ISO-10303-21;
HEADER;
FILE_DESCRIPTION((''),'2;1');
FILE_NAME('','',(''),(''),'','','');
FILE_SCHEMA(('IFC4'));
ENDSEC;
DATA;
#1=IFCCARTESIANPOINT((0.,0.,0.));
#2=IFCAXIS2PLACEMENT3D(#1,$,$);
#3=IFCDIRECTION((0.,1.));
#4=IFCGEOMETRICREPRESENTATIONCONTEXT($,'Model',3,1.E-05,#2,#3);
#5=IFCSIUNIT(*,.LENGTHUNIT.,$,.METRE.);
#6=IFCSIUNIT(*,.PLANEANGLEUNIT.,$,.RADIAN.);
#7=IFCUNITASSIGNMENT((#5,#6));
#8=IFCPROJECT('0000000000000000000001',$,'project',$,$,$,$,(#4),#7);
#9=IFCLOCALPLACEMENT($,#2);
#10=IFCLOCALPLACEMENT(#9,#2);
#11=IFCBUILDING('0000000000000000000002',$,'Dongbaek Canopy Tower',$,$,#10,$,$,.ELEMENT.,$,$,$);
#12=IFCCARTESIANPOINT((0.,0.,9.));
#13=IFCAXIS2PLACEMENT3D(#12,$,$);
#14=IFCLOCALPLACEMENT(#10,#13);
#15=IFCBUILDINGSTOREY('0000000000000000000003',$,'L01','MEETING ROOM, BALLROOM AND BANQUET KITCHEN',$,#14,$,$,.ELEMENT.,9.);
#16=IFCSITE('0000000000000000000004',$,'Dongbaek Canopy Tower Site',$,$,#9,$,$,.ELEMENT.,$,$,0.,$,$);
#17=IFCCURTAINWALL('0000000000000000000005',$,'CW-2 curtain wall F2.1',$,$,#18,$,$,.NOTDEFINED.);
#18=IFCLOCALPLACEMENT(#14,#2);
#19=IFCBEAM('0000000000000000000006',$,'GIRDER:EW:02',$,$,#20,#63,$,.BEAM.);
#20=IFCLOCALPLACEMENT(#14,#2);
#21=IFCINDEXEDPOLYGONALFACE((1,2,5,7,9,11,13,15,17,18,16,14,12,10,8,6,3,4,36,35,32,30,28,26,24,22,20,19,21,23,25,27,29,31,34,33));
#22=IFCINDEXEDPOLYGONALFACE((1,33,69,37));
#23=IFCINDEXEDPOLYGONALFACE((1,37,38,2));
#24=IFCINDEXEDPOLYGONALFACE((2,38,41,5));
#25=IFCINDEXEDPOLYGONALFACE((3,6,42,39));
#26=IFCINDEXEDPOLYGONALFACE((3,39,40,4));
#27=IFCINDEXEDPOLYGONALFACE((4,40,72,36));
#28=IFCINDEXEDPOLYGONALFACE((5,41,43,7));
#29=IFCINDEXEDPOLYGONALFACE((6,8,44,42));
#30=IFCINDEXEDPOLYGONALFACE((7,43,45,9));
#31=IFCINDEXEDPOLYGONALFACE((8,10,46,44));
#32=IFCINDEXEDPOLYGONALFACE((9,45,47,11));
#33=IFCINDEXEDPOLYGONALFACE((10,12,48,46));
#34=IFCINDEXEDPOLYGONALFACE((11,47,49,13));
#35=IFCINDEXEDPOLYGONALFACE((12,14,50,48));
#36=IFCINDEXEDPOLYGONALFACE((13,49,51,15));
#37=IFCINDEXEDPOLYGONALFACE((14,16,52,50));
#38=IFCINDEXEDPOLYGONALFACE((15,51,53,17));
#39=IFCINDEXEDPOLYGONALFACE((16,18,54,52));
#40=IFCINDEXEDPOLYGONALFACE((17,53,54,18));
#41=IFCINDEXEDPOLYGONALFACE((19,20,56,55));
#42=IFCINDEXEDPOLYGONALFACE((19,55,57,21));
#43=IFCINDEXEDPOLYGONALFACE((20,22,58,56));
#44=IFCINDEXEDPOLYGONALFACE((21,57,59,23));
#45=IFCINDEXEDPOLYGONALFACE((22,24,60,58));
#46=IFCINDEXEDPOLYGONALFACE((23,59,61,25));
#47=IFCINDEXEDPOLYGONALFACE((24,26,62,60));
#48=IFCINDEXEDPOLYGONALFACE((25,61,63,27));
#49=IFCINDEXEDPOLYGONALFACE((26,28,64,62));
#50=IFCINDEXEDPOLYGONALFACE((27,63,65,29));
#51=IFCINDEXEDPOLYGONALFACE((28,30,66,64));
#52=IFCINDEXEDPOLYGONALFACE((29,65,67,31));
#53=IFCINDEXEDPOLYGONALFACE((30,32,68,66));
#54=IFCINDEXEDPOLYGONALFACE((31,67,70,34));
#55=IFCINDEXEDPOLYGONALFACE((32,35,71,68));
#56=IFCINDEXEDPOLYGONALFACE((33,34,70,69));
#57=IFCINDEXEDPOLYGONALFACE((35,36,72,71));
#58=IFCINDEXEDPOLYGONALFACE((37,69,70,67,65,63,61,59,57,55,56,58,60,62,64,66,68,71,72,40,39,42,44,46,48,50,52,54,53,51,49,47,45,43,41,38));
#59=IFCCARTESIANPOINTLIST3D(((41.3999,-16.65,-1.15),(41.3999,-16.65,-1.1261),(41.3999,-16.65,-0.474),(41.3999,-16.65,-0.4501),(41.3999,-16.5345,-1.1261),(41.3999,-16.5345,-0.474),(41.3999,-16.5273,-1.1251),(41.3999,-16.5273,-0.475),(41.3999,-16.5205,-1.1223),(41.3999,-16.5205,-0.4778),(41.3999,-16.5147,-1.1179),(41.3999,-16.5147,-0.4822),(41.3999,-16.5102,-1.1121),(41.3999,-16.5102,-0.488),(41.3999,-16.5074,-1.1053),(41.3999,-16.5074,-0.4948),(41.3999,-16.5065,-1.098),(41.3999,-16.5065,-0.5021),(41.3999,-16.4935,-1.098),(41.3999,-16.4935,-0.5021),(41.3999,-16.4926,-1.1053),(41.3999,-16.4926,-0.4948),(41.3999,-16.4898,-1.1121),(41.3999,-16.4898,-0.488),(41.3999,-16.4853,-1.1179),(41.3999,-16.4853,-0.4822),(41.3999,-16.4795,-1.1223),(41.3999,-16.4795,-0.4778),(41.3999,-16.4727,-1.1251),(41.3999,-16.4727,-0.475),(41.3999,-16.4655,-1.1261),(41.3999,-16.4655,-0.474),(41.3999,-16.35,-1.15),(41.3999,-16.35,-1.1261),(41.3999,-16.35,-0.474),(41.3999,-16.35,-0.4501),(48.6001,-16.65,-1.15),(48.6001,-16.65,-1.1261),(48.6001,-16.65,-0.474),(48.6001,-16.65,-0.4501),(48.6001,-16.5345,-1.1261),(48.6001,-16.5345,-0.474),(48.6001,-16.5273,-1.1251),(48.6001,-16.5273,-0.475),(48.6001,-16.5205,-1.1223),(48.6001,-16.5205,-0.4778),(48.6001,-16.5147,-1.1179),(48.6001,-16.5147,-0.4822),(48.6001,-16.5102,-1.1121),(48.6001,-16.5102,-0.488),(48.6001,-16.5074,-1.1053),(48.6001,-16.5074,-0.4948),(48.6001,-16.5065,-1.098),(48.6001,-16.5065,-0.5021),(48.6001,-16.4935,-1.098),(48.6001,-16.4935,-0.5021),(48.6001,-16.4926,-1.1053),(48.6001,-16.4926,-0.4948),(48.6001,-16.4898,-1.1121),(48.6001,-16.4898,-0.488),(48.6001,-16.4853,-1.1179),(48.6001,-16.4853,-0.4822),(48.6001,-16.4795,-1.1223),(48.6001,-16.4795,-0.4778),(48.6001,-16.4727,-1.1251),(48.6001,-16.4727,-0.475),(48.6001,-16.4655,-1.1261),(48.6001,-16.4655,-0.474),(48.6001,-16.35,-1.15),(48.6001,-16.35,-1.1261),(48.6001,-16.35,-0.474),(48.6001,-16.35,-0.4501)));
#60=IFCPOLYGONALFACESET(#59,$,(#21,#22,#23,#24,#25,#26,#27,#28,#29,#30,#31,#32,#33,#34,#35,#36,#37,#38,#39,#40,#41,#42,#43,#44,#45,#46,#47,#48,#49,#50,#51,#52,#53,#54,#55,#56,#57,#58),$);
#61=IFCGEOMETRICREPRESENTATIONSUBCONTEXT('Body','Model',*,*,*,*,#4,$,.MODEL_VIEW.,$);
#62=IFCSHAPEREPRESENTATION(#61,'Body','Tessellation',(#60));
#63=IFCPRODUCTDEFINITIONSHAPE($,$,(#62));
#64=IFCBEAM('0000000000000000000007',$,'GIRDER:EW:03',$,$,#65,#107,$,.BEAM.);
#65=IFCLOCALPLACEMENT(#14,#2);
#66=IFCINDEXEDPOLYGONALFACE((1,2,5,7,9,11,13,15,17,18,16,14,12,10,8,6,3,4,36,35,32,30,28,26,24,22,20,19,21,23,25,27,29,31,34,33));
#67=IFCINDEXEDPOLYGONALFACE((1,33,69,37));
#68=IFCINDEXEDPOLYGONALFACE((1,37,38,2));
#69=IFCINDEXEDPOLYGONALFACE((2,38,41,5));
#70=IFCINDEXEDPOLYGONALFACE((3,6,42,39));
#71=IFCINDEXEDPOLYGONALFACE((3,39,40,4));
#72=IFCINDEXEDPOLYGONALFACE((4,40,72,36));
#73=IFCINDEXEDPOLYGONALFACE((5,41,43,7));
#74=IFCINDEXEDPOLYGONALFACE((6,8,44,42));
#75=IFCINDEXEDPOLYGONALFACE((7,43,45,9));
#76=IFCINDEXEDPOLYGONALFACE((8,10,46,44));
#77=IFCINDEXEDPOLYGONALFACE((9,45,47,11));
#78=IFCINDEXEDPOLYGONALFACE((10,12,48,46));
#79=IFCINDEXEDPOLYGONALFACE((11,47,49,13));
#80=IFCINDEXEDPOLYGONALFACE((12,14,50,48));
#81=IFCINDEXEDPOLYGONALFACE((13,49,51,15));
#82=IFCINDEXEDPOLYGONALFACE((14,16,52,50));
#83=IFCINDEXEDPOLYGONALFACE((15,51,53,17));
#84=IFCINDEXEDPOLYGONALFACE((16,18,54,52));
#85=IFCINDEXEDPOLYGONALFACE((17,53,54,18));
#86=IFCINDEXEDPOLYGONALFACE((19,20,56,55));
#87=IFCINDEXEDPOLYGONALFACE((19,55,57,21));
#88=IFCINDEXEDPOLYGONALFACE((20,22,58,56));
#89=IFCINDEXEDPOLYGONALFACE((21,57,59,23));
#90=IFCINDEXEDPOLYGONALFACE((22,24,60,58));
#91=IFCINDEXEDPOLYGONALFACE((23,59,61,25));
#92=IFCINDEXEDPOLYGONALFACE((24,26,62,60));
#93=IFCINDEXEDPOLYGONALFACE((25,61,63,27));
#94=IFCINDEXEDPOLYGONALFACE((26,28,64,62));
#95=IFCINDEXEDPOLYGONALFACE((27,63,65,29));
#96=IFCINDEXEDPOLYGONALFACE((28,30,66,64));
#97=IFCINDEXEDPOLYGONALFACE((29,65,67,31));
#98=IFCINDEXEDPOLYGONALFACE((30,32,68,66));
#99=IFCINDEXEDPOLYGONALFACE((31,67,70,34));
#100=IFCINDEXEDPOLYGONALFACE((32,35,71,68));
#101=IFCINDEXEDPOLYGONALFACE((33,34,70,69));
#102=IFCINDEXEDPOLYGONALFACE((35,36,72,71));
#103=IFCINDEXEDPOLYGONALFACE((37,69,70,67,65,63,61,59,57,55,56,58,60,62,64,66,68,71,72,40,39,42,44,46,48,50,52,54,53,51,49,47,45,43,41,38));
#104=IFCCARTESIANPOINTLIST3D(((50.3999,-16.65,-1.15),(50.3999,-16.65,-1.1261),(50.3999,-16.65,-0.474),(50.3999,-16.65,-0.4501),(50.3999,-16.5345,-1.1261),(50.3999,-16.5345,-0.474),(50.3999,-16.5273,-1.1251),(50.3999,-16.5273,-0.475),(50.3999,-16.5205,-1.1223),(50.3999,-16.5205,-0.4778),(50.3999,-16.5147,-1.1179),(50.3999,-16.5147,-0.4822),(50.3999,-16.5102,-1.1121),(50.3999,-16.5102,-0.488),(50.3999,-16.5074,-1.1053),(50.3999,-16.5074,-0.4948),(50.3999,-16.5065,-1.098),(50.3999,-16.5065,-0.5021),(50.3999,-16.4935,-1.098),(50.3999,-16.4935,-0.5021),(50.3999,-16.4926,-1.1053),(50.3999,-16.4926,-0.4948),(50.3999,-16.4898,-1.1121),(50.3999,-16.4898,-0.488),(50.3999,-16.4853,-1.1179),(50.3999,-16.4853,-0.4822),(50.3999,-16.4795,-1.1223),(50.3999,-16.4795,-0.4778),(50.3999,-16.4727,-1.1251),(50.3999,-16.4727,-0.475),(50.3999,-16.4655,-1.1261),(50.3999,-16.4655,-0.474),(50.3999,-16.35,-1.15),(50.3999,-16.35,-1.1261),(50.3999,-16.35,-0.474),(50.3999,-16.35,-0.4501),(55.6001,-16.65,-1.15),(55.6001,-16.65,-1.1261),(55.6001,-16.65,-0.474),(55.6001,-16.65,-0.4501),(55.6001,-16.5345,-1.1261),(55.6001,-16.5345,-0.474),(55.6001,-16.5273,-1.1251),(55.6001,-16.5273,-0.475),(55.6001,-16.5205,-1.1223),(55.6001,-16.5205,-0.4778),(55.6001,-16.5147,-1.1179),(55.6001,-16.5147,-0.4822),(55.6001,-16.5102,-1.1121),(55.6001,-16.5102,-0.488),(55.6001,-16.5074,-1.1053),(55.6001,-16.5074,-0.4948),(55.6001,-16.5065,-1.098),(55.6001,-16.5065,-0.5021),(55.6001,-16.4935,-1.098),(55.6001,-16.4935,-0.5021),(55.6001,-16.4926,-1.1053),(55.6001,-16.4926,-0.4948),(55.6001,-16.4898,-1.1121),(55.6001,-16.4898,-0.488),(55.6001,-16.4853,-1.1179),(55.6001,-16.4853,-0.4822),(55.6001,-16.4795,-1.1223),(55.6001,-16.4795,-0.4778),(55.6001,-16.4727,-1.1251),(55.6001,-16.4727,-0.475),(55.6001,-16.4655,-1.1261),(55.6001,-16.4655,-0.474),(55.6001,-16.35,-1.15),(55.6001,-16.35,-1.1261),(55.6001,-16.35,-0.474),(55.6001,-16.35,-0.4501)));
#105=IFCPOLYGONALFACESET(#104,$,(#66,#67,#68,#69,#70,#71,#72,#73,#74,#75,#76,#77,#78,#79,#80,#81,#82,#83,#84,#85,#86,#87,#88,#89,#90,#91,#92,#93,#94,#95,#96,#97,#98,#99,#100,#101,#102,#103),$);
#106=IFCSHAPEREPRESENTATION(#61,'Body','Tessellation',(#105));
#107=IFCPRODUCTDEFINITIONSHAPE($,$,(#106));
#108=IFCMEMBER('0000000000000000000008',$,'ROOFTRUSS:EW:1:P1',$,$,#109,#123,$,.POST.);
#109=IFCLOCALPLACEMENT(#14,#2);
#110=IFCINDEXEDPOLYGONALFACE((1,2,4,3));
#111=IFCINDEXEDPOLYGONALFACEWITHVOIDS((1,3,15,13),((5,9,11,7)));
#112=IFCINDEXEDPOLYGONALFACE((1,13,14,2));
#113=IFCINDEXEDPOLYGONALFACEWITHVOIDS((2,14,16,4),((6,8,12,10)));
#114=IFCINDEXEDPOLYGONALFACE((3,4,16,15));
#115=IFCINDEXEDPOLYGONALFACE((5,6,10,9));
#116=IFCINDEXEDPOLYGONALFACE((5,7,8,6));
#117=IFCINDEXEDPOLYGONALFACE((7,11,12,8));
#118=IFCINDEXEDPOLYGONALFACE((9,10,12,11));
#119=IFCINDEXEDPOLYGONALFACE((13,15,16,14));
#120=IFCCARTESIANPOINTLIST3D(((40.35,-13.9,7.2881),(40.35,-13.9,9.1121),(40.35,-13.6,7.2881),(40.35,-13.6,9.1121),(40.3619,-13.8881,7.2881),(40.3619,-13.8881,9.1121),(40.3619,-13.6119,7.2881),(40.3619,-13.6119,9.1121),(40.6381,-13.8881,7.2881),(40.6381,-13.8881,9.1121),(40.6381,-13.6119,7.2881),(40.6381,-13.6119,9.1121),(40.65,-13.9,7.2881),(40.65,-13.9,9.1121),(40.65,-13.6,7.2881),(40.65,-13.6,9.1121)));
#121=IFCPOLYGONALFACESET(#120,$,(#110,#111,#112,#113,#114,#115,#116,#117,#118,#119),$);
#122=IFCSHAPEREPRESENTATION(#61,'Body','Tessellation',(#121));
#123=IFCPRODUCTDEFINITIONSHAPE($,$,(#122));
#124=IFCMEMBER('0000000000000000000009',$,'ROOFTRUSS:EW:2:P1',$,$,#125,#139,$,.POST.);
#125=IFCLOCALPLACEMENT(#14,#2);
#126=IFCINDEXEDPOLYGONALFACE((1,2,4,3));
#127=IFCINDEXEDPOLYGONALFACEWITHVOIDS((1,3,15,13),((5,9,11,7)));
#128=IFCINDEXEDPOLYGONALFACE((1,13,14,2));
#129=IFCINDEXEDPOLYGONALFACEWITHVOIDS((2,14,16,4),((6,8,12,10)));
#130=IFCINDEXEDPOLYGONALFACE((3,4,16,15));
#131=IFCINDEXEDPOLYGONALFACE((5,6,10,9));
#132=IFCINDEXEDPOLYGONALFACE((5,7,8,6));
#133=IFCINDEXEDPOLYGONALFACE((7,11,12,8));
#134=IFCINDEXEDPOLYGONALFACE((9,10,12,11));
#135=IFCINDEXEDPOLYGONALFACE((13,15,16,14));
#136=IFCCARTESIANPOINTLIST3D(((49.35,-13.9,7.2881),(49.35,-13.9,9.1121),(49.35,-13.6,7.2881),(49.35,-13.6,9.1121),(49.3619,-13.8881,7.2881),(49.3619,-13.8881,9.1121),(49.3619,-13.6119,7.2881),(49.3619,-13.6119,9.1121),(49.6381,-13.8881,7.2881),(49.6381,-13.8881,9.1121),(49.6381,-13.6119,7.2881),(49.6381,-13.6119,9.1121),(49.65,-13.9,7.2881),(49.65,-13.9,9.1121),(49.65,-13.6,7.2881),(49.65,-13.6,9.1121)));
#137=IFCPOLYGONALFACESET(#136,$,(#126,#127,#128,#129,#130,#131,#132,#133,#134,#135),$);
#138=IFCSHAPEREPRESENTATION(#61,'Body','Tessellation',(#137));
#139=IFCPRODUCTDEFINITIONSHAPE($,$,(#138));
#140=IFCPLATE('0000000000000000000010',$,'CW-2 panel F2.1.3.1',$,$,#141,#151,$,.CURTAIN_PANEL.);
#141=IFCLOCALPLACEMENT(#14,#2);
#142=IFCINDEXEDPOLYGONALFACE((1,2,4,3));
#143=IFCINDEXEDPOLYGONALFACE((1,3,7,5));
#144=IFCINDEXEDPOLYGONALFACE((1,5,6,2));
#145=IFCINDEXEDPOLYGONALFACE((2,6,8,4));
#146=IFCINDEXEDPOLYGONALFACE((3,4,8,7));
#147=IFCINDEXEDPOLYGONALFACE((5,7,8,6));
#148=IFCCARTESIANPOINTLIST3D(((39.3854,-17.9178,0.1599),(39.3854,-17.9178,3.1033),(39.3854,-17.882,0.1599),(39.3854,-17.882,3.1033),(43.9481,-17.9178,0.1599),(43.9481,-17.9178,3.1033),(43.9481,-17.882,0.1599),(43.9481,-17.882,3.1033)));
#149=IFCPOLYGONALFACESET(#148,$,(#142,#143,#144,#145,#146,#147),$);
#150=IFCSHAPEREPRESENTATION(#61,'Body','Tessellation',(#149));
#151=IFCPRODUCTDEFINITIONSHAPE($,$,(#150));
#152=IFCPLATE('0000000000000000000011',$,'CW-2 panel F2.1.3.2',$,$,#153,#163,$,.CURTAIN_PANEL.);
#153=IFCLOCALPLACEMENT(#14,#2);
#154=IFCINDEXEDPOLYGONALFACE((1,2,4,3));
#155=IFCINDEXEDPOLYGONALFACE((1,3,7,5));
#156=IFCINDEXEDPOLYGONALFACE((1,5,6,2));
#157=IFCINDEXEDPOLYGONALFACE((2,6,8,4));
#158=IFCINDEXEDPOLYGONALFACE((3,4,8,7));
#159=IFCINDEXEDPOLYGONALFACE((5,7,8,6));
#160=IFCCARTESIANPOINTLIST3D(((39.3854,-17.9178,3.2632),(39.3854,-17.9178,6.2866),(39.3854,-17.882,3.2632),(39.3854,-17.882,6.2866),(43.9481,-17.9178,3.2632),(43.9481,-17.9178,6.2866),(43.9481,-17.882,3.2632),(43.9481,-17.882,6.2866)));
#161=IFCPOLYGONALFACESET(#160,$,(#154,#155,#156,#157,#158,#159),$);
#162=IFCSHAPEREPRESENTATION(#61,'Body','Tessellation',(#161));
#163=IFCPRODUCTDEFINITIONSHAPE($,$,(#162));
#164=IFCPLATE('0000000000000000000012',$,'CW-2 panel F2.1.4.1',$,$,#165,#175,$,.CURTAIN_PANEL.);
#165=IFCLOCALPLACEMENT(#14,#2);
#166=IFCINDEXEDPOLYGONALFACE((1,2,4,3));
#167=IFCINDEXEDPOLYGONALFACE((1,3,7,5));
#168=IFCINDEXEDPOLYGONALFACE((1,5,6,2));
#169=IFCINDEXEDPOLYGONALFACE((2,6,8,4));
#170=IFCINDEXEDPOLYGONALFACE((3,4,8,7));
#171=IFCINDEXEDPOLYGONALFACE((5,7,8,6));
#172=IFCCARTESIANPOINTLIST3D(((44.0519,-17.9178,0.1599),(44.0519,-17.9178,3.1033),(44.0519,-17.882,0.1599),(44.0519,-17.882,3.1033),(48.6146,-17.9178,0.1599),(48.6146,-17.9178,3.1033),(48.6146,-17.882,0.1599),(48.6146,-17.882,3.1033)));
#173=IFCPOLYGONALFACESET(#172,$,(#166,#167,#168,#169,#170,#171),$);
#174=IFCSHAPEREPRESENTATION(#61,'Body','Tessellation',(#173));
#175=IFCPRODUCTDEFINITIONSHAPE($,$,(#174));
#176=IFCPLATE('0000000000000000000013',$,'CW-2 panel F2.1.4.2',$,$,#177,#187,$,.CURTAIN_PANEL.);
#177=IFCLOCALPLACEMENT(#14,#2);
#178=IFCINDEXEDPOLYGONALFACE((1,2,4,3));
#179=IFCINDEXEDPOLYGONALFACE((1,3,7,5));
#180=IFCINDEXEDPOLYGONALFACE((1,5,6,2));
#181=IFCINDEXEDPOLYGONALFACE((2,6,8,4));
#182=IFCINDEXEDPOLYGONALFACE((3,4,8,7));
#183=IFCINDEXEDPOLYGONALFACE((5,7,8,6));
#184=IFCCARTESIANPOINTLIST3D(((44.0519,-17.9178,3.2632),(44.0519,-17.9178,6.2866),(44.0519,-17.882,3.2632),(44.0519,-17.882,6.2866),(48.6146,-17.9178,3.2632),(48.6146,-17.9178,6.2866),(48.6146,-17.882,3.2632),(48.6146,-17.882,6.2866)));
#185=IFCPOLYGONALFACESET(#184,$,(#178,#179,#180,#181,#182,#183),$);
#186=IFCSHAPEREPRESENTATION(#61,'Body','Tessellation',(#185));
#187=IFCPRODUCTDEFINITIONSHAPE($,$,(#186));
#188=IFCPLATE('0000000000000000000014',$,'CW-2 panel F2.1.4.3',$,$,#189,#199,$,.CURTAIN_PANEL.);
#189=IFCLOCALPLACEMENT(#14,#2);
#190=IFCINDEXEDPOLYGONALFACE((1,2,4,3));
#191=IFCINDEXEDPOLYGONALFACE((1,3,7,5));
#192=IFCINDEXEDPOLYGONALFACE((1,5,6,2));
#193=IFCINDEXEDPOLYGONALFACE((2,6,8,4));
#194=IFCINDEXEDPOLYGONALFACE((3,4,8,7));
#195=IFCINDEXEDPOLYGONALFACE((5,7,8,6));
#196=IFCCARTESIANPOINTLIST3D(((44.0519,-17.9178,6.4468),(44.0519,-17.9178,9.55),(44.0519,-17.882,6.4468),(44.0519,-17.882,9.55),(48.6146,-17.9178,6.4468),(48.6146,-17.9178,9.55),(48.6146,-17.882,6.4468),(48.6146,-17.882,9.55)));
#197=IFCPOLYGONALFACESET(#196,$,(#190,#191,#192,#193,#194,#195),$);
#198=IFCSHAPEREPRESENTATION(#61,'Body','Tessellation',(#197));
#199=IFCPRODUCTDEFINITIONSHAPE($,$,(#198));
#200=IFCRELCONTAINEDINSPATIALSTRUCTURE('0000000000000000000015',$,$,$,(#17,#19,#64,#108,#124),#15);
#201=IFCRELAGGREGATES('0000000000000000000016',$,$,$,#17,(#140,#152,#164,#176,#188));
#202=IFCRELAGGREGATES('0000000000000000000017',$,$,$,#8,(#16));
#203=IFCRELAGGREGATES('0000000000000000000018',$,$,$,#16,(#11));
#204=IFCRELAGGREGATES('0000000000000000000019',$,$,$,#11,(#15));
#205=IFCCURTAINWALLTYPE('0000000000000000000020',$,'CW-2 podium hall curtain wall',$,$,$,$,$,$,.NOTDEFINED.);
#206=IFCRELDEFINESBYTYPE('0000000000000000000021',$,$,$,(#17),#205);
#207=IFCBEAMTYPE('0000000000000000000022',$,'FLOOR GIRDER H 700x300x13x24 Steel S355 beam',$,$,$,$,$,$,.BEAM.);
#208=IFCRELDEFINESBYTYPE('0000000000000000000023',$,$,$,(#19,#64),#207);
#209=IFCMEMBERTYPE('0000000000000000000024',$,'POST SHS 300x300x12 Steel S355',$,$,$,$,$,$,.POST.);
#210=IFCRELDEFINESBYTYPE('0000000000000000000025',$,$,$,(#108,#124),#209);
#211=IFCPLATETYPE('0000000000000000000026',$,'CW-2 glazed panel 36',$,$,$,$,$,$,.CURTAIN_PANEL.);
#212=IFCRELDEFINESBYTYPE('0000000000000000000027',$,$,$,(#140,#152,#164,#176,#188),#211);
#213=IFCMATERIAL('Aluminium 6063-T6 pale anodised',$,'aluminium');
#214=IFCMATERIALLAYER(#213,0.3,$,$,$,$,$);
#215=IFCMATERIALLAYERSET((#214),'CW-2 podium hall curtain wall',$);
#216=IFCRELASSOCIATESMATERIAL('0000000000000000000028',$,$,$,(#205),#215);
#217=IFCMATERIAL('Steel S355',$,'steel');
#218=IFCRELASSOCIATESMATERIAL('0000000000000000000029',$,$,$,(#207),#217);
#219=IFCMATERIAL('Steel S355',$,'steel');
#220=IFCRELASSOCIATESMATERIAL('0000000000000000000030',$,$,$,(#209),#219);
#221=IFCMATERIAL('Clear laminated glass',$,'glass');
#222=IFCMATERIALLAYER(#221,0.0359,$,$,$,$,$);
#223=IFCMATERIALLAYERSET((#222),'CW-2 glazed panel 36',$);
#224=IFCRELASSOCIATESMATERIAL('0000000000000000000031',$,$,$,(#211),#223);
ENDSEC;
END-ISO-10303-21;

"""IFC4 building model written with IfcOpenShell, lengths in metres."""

from ifc_helpers import new_model, si_unit, direction, frame, origin, origin_2d, place, context, subcontext, project, spatial, rectangle, hollow_rectangle, i_section, extrude, material, layer, layer_set, material_profile, profile_set, type_object, element, aggregate, save


model = new_model("IFC4")

# Units and contexts
model_context = context("Model", 3, precision=1e-05, world=origin(), true_north=direction((0.0, 1.0)))
body_context = subcontext(model_context, "Body", "Model", "MODEL_VIEW")
ifc_project = project(units=[si_unit("LENGTHUNIT", "METRE"), si_unit("PLANEANGLEUNIT", "RADIAN")], contexts=[model_context])

# Site, building, storey
site_placement = place(None, origin())
site = spatial("IfcSite", under=ifc_project, at=site_placement, Name="Dongbaek Canopy Tower Site", CompositionType="ELEMENT", RefElevation=0.0)
building_placement = place(site_placement, origin())
building = spatial("IfcBuilding", under=site, at=building_placement, Name="Dongbaek Canopy Tower", CompositionType="ELEMENT")
storey_placement = place(building_placement, frame((0.0, 0.0, 9.0)))
storey = spatial("IfcBuildingStorey", under=building, at=storey_placement, Name="L01", Description="MEETING ROOM, BALLROOM AND BANQUET KITCHEN", CompositionType="ELEMENT", Elevation=9.0)

# Curtain wall
ifc_material_1 = material(Name="Aluminium 6063-T6 pale anodised", Category="aluminium")
ifc_layer_1 = layer(ifc_material_1, 0.3)
ifc_layer_set_1 = layer_set([ifc_layer_1], Name="CW-2 podium hall curtain wall")
curtain_wall_type = type_object("IfcCurtainWallType", Name="CW-2 podium hall curtain wall", PredefinedType="NOTDEFINED", material=ifc_layer_set_1)
curtain_wall_placement = place(storey_placement, origin())
curtain_wall = element("IfcCurtainWall", 1, at=curtain_wall_placement, inside=storey, type_object=curtain_wall_type, Name="CW-2 curtain wall F2.1", PredefinedType="NOTDEFINED")

# Beams
ifc_material_2 = material(Name="Steel S355", Category="steel")
ifc_material_profile_1 = material_profile(ifc_material_2, i_section(OverallWidth=0.3, OverallDepth=0.7, WebThickness=0.0129, FlangeThickness=0.0239, FilletRadius=0.0281, at=origin_2d()), Name="FLOOR GIRDER H 700x300x13x24 Steel S355 beam")
ifc_profile_set_1 = profile_set([ifc_material_profile_1], Name="Steel S355")
beam_type = type_object("IfcBeamType", Name="FLOOR GIRDER H 700x300x13x24 Steel S355 beam", PredefinedType="BEAM", material=ifc_profile_set_1)
beam_1_placement = place(storey_placement, frame((41.3999, -16.5, -0.8), z_axis=(1.0, 0.0, 0.0), x_axis=(0.0, 1.0, 0.0)))
element("IfcBeam", 2, at=beam_1_placement, inside=storey, type_object=beam_type, Name="GIRDER:EW:02", PredefinedType="BEAM", context=body_context, shape_type="SweptSolid", body=[
    extrude(i_section(OverallWidth=0.3, OverallDepth=0.7, WebThickness=0.0129, FlangeThickness=0.0239, FilletRadius=0.0281, at=origin_2d()), origin(), (0.0, 0.0, 1.0), 7.2002),
])
beam_2_placement = place(storey_placement, frame((50.3999, -16.5, -0.8), z_axis=(1.0, 0.0, 0.0), x_axis=(0.0, 1.0, 0.0)))
element("IfcBeam", 3, at=beam_2_placement, inside=storey, type_object=beam_type, Name="GIRDER:EW:03", PredefinedType="BEAM", context=body_context, shape_type="SweptSolid", body=[
    extrude(i_section(OverallWidth=0.3, OverallDepth=0.7, WebThickness=0.0129, FlangeThickness=0.0239, FilletRadius=0.0281, at=origin_2d()), origin(), (0.0, 0.0, 1.0), 5.2002),
])

# Members
ifc_material_3 = material(Name="Steel S355", Category="steel")
ifc_material_profile_2 = material_profile(ifc_material_3, hollow_rectangle(XDim=0.3, YDim=0.3, WallThickness=0.012, at=origin_2d()), Name="POST SHS 300x300x12 Steel S355")
ifc_profile_set_2 = profile_set([ifc_material_profile_2], Name="Steel S355")
member_type_1 = type_object("IfcMemberType", Name="POST SHS 300x300x12 Steel S355", PredefinedType="POST", material=ifc_profile_set_2)
for number, where, z_axis, x_axis, name in (
    (4, (40.5, -13.75, 7.2881), (0.0, 0.0, 1.0), (1.0, 0.0, 0.0), "ROOFTRUSS:EW:1:P1"),
    (5, (49.5, -13.75, 7.2881), (0.0, 0.0, 1.0), (1.0, 0.0, 0.0), "ROOFTRUSS:EW:2:P1"),
):
    element("IfcMember", number, at=place(storey_placement, frame(where, z_axis=z_axis, x_axis=x_axis)), inside=storey, type_object=member_type_1, Name=name, PredefinedType="POST", context=body_context, shape_type="SweptSolid", body=[
        extrude(hollow_rectangle(XDim=0.3, YDim=0.3, WallThickness=0.012, at=origin_2d()), origin(), (0.0, 0.0, 1.0), 1.824),
    ])

# Plates
ifc_material_4 = material(Name="Clear laminated glass", Category="glass")
ifc_layer_2 = layer(ifc_material_4, 0.0359)
ifc_layer_set_2 = layer_set([ifc_layer_2], Name="CW-2 glazed panel 36")
plate_type_1 = type_object("IfcPlateType", Name="CW-2 glazed panel 36", PredefinedType="CURTAIN_PANEL", material=ifc_layer_set_2)
plate_1_placement = place(storey_placement, frame((41.6667, -17.8999, 0.1599), z_axis=(0.0, 0.0, 1.0), x_axis=(1.0, 0.0, 0.0)))
plate_1 = element("IfcPlate", 6, at=plate_1_placement, type_object=plate_type_1, Name="CW-2 panel F2.1.3.1", PredefinedType="CURTAIN_PANEL", context=body_context, shape_type="SweptSolid", body=[
    extrude(rectangle(XDim=4.5627, YDim=0.0359, at=origin_2d()), origin(), (0.0, 0.0, 1.0), 2.9434),
])
plate_2_placement = place(storey_placement, frame((41.6667, -17.8999, 3.2632), z_axis=(0.0, 0.0, 1.0), x_axis=(1.0, 0.0, 0.0)))
plate_2 = element("IfcPlate", 7, at=plate_2_placement, type_object=plate_type_1, Name="CW-2 panel F2.1.3.2", PredefinedType="CURTAIN_PANEL", context=body_context, shape_type="SweptSolid", body=[
    extrude(rectangle(XDim=4.5627, YDim=0.0359, at=origin_2d()), origin(), (0.0, 0.0, 1.0), 3.0234),
])
plate_3_placement = place(storey_placement, frame((46.3333, -17.8999, 0.1599), z_axis=(0.0, 0.0, 1.0), x_axis=(1.0, 0.0, 0.0)))
plate_3 = element("IfcPlate", 8, at=plate_3_placement, type_object=plate_type_1, Name="CW-2 panel F2.1.4.1", PredefinedType="CURTAIN_PANEL", context=body_context, shape_type="SweptSolid", body=[
    extrude(rectangle(XDim=4.5627, YDim=0.0359, at=origin_2d()), origin(), (0.0, 0.0, 1.0), 2.9434),
])
plate_4_placement = place(storey_placement, frame((46.3333, -17.8999, 3.2632), z_axis=(0.0, 0.0, 1.0), x_axis=(1.0, 0.0, 0.0)))
plate_4 = element("IfcPlate", 9, at=plate_4_placement, type_object=plate_type_1, Name="CW-2 panel F2.1.4.2", PredefinedType="CURTAIN_PANEL", context=body_context, shape_type="SweptSolid", body=[
    extrude(rectangle(XDim=4.5627, YDim=0.0359, at=origin_2d()), origin(), (0.0, 0.0, 1.0), 3.0234),
])
plate_5_placement = place(storey_placement, frame((46.3333, -17.8999, 6.4468), z_axis=(0.0, 0.0, 1.0), x_axis=(1.0, 0.0, 0.0)))
plate_5 = element("IfcPlate", 10, at=plate_5_placement, type_object=plate_type_1, Name="CW-2 panel F2.1.4.3", PredefinedType="CURTAIN_PANEL", context=body_context, shape_type="SweptSolid", body=[
    extrude(rectangle(XDim=4.5627, YDim=0.0359, at=origin_2d()), origin(), (0.0, 0.0, 1.0), 3.1033),
])
aggregate(curtain_wall, [plate_1, plate_2, plate_3, plate_4, plate_5])

save(model, "model.ifc")
